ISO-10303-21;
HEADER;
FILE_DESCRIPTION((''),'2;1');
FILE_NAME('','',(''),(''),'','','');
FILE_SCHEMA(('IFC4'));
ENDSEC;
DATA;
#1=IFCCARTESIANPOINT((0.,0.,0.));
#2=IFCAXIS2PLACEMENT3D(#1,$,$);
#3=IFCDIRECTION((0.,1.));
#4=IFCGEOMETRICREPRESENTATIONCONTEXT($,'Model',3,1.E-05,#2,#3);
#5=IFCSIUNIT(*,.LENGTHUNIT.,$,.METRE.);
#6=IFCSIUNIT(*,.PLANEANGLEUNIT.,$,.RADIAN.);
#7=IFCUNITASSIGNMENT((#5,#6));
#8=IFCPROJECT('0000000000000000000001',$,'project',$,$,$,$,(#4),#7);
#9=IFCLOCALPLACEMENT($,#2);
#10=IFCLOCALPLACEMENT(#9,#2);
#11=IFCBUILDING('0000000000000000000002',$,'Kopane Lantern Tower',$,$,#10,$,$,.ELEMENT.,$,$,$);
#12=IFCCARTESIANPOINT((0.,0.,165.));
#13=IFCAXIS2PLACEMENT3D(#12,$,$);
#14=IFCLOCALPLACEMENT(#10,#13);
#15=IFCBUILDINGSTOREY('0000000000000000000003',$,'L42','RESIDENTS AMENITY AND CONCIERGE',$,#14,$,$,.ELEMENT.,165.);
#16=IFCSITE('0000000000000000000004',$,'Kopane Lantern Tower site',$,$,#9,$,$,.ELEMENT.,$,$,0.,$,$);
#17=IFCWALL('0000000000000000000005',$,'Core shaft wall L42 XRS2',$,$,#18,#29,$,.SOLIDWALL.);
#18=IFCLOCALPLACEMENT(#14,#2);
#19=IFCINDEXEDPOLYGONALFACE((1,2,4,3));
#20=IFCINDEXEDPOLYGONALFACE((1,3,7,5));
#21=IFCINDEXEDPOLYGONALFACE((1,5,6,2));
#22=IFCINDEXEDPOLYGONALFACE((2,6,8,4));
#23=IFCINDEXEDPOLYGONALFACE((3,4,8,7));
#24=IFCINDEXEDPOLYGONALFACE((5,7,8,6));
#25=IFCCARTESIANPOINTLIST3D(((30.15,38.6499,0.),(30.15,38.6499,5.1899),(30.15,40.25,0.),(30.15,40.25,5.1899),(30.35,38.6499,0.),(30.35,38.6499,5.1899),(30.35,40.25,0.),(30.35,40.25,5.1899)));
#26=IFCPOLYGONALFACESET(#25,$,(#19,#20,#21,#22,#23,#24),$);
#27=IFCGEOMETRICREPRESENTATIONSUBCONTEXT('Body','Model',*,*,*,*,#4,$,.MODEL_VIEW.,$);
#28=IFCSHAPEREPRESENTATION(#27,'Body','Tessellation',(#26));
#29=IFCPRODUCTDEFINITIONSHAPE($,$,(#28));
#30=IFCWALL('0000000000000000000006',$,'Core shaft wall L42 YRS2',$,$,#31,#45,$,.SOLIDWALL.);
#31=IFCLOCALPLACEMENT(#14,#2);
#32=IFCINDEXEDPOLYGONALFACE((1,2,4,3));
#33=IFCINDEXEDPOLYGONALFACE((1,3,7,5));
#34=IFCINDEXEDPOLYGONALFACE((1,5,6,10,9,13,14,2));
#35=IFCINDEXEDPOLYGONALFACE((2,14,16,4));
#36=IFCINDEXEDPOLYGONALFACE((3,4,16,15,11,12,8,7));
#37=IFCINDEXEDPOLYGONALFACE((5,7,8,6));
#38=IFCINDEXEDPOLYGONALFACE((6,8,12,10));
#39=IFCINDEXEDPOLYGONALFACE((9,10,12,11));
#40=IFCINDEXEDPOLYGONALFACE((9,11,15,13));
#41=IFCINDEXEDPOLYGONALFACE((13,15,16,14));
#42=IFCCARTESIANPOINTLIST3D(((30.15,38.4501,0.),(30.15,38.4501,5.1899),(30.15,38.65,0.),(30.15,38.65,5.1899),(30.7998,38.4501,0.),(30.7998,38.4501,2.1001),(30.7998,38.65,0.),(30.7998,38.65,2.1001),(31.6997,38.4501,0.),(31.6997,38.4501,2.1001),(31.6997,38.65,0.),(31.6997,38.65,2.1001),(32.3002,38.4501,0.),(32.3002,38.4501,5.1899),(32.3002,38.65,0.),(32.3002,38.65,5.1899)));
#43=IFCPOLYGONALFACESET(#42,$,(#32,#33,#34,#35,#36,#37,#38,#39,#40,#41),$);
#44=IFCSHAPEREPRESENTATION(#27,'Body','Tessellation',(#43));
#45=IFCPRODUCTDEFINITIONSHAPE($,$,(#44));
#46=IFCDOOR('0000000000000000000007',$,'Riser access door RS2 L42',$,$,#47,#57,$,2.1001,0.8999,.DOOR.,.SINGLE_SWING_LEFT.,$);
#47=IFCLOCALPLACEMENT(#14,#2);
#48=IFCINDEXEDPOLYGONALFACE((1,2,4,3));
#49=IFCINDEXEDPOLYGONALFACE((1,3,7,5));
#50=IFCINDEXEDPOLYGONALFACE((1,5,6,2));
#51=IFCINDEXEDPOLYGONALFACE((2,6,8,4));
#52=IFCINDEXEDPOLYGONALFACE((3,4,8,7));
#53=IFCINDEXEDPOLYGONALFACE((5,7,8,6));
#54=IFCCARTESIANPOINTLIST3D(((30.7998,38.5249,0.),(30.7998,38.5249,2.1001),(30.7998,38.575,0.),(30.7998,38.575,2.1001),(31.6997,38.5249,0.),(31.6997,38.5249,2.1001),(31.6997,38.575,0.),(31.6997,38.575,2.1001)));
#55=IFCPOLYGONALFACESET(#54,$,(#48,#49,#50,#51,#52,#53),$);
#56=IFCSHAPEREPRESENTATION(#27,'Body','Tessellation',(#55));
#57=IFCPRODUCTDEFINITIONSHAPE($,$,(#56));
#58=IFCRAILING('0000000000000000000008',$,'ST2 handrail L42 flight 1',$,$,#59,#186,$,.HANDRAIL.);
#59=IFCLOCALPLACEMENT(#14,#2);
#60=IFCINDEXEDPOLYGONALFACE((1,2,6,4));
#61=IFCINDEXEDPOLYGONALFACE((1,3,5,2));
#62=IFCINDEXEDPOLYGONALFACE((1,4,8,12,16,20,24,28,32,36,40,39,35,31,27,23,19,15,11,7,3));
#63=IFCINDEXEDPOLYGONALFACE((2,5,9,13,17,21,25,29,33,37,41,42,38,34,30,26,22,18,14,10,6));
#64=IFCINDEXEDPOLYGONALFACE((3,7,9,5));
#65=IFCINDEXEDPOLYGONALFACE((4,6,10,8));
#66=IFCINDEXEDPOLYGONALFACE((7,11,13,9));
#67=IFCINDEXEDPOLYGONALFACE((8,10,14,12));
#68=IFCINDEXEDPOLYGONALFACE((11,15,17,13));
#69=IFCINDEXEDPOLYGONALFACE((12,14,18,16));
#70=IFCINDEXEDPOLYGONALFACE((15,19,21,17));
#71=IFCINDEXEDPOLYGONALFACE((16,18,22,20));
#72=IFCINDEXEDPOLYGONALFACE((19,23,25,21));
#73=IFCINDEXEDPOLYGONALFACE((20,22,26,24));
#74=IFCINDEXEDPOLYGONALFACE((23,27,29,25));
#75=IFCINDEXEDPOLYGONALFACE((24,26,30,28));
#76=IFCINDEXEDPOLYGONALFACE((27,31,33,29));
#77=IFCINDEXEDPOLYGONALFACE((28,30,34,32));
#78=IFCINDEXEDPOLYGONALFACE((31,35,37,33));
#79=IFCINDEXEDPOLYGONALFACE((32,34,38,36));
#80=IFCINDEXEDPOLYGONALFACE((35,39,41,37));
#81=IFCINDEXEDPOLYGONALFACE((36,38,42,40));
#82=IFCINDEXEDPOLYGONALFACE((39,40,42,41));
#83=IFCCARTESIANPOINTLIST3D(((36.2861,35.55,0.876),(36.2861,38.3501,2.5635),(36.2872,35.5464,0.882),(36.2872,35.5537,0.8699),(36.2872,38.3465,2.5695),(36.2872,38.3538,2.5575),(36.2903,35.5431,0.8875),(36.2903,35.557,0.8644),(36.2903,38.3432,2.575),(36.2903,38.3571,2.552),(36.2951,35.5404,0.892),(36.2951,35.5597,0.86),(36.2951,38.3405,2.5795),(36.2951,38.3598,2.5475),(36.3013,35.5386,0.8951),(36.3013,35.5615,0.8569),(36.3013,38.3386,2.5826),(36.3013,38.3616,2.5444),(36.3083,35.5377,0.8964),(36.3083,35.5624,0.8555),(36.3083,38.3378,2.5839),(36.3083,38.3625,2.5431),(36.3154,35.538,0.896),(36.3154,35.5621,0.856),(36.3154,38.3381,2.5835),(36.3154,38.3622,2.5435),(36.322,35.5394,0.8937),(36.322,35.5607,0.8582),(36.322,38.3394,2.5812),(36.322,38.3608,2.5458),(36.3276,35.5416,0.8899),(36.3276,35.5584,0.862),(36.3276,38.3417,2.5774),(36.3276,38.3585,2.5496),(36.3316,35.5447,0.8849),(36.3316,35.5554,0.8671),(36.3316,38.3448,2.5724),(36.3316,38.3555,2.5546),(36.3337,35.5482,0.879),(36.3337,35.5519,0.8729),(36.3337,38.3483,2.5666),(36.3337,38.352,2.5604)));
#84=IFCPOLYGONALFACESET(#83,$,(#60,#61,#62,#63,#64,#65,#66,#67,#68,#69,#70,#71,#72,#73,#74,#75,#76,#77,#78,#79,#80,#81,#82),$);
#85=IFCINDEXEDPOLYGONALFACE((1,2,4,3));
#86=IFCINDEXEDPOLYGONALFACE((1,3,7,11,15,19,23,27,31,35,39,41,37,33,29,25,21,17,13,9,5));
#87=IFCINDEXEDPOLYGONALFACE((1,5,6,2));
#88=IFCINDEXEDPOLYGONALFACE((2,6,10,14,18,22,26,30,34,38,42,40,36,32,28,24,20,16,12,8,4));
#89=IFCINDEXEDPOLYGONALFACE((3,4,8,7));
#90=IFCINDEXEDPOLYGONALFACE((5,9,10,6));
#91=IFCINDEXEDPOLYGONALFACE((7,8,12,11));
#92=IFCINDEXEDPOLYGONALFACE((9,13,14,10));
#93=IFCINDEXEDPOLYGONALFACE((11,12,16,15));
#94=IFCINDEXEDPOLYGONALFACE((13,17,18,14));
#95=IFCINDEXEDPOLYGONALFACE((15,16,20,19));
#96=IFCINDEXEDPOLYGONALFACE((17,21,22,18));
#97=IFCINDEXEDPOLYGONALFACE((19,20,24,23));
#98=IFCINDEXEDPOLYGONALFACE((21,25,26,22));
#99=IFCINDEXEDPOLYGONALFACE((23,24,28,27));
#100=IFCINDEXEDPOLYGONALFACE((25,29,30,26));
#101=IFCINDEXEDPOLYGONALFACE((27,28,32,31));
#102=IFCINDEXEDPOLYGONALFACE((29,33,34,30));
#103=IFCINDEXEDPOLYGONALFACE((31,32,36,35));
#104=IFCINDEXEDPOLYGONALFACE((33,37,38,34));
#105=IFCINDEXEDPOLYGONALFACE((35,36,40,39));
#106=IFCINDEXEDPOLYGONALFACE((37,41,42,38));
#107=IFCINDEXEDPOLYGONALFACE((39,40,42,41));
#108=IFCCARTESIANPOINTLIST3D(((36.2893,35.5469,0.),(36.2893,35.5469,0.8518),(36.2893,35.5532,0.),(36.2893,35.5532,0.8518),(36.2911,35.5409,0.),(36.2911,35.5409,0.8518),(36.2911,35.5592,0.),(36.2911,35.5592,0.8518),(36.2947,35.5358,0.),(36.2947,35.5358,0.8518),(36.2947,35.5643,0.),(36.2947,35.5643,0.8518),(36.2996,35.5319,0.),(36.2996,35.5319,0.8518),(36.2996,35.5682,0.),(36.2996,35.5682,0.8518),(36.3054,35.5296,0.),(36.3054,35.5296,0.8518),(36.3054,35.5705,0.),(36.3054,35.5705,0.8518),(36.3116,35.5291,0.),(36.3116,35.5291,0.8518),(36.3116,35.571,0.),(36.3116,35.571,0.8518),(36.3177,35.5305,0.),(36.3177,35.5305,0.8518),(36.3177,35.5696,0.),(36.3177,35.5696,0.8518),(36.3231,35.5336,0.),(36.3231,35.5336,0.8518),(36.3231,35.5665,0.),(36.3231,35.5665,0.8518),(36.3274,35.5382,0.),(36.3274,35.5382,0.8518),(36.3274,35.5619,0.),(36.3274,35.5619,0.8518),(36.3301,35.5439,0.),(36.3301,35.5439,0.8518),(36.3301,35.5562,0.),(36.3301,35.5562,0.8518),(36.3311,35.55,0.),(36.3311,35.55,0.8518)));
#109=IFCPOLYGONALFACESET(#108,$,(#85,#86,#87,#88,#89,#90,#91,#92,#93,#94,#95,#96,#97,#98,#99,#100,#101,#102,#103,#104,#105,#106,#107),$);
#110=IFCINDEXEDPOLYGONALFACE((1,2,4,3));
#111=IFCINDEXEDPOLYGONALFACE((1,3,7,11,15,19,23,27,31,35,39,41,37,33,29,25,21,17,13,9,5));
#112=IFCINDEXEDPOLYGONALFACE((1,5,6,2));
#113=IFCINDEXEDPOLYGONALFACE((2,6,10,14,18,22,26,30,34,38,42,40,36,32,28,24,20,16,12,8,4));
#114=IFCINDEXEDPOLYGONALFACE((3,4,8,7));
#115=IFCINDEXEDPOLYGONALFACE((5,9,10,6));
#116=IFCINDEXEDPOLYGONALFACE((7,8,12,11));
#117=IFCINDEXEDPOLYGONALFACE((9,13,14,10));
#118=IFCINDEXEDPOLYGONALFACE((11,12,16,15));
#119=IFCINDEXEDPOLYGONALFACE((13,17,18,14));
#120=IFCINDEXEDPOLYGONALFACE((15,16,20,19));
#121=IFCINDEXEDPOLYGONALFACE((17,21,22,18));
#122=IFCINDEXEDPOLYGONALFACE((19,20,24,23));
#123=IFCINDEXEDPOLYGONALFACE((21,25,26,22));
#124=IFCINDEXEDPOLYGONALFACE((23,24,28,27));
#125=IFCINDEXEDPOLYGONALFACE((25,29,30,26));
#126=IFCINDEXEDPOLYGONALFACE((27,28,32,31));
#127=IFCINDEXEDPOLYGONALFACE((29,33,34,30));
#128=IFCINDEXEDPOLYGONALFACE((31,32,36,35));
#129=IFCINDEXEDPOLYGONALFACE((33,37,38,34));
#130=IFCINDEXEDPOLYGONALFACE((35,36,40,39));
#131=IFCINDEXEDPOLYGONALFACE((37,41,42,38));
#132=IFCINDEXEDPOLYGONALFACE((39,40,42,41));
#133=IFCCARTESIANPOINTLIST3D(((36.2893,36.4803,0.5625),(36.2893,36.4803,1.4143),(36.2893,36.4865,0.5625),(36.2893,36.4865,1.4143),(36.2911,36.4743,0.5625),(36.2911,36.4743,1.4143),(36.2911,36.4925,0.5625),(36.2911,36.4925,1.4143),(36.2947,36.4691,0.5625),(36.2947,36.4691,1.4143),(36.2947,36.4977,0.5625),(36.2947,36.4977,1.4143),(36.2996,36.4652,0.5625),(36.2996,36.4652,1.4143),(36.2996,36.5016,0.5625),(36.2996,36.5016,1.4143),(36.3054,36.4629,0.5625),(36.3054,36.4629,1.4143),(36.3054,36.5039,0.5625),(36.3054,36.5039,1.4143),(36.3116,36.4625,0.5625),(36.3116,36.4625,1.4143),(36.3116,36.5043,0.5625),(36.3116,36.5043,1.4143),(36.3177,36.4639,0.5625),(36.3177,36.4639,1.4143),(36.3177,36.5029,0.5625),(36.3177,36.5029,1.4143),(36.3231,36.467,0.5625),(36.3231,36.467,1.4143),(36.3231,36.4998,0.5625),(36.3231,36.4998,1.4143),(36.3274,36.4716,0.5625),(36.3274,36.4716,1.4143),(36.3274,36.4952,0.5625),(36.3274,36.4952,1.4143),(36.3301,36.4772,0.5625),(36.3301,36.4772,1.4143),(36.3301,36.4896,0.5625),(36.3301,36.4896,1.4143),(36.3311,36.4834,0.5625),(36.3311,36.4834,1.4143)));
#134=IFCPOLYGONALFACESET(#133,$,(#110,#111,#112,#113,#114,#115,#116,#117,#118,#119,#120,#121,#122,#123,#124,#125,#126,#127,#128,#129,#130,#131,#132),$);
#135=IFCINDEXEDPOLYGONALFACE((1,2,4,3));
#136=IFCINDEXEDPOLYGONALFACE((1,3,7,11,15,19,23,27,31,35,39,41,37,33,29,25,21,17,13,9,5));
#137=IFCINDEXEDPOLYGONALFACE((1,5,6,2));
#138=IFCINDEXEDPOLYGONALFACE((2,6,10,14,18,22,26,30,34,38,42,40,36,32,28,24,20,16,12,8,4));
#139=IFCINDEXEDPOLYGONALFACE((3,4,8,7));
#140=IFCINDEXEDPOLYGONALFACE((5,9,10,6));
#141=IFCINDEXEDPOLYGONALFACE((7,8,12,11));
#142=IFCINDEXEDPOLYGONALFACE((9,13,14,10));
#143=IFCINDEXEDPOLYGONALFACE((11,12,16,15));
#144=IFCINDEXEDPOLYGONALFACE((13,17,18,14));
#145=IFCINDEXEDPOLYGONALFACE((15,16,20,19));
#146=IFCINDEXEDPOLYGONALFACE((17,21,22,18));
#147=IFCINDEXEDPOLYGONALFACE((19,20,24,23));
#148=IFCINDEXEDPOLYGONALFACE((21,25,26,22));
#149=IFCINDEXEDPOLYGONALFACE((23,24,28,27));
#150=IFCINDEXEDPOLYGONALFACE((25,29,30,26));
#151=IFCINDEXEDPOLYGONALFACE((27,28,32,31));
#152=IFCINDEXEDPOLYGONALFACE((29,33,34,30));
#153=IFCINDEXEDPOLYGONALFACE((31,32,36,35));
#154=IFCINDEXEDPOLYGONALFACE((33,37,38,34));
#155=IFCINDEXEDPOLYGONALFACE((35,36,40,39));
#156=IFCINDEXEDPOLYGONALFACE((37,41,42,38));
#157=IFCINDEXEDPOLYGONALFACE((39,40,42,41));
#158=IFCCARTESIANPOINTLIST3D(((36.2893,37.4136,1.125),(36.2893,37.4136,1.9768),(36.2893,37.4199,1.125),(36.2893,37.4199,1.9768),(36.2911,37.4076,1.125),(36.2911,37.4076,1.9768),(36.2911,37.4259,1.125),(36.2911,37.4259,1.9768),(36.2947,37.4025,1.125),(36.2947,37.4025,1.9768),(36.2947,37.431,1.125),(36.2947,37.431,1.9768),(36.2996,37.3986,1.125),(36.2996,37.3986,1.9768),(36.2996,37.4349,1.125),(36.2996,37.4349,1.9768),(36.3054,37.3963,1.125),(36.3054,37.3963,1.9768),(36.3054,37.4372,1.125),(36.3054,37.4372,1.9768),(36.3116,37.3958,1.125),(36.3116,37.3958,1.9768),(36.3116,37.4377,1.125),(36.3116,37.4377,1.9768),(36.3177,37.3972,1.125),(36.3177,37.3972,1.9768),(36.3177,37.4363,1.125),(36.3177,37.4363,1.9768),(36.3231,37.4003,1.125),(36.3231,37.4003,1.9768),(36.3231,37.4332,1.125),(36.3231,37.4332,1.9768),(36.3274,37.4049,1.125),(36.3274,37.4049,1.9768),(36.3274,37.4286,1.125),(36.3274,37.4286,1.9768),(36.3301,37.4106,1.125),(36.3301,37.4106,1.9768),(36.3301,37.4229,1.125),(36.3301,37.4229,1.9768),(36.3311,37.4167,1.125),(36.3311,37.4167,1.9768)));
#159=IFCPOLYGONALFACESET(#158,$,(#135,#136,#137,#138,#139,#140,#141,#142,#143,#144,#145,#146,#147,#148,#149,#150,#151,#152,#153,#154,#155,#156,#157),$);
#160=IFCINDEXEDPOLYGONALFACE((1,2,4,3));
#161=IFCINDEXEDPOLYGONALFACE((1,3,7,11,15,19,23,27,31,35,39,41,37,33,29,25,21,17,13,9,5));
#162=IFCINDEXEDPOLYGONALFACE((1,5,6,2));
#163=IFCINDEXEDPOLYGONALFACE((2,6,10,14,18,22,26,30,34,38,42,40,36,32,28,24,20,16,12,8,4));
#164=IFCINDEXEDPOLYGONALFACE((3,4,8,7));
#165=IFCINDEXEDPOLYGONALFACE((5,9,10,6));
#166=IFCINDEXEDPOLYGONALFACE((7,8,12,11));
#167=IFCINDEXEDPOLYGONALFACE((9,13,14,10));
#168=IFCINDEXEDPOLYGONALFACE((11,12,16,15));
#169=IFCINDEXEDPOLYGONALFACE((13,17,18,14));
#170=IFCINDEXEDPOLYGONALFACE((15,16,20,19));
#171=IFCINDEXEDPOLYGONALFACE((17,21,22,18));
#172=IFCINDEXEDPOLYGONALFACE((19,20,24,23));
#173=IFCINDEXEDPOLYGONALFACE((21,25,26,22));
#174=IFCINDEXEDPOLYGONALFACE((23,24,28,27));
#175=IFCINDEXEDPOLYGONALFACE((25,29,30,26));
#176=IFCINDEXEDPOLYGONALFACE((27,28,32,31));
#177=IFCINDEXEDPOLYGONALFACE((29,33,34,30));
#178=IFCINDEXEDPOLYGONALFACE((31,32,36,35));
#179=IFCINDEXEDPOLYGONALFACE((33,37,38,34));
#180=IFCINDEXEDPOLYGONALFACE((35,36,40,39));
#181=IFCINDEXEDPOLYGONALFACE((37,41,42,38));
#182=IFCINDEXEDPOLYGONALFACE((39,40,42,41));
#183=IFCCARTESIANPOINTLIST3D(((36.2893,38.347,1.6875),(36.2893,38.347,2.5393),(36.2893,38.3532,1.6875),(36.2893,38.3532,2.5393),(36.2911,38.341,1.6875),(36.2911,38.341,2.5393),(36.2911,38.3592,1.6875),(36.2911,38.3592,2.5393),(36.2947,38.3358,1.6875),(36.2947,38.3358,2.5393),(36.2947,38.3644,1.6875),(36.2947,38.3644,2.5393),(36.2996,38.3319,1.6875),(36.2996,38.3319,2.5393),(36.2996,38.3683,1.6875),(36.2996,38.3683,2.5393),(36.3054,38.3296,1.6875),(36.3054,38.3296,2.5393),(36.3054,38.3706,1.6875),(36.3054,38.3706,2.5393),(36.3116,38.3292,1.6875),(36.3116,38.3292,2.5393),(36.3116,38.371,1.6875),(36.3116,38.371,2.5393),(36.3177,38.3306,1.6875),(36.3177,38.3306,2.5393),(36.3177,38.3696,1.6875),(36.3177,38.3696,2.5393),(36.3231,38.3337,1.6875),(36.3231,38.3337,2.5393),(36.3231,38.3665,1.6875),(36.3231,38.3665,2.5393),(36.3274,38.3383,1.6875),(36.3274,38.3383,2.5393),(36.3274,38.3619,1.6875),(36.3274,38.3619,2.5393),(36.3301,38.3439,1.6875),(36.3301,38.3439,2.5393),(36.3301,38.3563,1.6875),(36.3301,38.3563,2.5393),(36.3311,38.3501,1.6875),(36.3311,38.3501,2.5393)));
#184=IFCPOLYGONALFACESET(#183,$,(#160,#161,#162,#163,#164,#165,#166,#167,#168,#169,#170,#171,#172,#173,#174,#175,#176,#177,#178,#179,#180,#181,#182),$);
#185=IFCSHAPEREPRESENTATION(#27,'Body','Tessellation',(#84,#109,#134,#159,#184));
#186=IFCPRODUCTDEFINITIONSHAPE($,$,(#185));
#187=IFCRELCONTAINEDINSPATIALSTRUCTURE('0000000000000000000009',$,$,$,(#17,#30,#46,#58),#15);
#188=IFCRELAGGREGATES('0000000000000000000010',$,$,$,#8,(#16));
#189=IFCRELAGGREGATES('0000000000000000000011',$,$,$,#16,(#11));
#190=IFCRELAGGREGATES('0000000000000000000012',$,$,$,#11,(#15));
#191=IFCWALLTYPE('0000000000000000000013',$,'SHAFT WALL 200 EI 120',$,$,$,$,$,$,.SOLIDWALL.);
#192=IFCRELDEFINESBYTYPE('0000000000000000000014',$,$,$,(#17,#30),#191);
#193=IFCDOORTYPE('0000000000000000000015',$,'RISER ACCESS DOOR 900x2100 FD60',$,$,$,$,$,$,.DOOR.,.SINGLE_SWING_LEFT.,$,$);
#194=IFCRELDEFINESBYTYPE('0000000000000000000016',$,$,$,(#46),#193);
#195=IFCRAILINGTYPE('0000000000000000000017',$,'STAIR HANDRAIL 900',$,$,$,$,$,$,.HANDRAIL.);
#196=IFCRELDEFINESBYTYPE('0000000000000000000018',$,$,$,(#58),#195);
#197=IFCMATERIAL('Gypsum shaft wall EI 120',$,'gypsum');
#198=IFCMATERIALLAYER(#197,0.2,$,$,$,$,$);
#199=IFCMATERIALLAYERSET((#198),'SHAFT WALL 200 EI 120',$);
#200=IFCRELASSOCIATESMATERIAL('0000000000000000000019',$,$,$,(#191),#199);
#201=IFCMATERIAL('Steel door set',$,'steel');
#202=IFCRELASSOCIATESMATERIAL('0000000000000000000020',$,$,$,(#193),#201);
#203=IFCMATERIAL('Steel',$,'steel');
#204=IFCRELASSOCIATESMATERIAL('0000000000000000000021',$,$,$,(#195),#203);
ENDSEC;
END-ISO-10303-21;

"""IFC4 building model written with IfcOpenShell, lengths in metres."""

from ifc_helpers import new_model, si_unit, direction, frame, frame_2d, origin, origin_2d, place, context, subcontext, project, spatial, rectangle, circle, extrude, material, layer, layer_set, type_object, element, fill, save


model = new_model("IFC4")

# Units and contexts
model_context = context("Model", 3, precision=1e-05, world=origin(), true_north=direction((0.0, 1.0)))
body_context = subcontext(model_context, "Body", "Model", "MODEL_VIEW")
ifc_project = project(units=[si_unit("LENGTHUNIT", "METRE"), si_unit("PLANEANGLEUNIT", "RADIAN")], contexts=[model_context])

# Site, building, storey
site_placement = place(None, origin())
site = spatial("IfcSite", under=ifc_project, at=site_placement, Name="Kopane Lantern Tower site", CompositionType="ELEMENT", RefElevation=0.0)
building_placement = place(site_placement, origin())
building = spatial("IfcBuilding", under=site, at=building_placement, Name="Kopane Lantern Tower", CompositionType="ELEMENT")
storey_placement = place(building_placement, frame((0.0, 0.0, 165.0)))
storey = spatial("IfcBuildingStorey", under=building, at=storey_placement, Name="L42", Description="RESIDENTS AMENITY AND CONCIERGE", CompositionType="ELEMENT", Elevation=165.0)

# Shared definitions
ifc_material_1 = material(Name="Gypsum shaft wall EI 120", Category="gypsum")
ifc_layer_1 = layer(ifc_material_1, 0.2)
ifc_layer_set_1 = layer_set([ifc_layer_1], Name="SHAFT WALL 200 EI 120")
wall_type_1 = type_object("IfcWallType", Name="SHAFT WALL 200 EI 120", PredefinedType="SOLIDWALL", material=ifc_layer_set_1)

# Wall
wall_1_placement = place(storey_placement, frame((30.25, 38.6499, 0.0), z_axis=(0.0, 0.0, 1.0), x_axis=(0.0, 1.0, 0.0)))
element("IfcWall", 1, at=wall_1_placement, inside=storey, type_object=wall_type_1, Name="Core shaft wall L42 XRS2", PredefinedType="SOLIDWALL", context=body_context, shape_type="SweptSolid", body=[
    extrude(rectangle(XDim=1.6001, YDim=0.2, at=frame_2d((0.8, 0.0))), origin(), (0.0, 0.0, 1.0), 5.1899),
])

# Wall, opening, door
wall_2_placement = place(storey_placement, frame((30.1499, 38.55, 0.0), z_axis=(0.0, 0.0, 1.0), x_axis=(1.0, 0.0, 0.0)))
wall_2 = element("IfcWall", 2, at=wall_2_placement, inside=storey, type_object=wall_type_1, Name="Core shaft wall L42 YRS2", PredefinedType="SOLIDWALL", context=body_context, shape_type="SweptSolid", body=[
    extrude(rectangle(XDim=2.1501, YDim=0.2, at=frame_2d((1.0752, 0.0))), origin(), (0.0, 0.0, 1.0), 5.1899),
])
opening_1_placement = place(wall_2_placement, frame((0.6499, 0.0, 0.0)))
opening_1 = element("IfcOpeningElement", 3, at=opening_1_placement, cuts=wall_2, PredefinedType="OPENING", context=body_context, shape_type="SweptSolid", body=[
    extrude(rectangle(XDim=0.8999, YDim=2.1001, at=frame_2d((0.45, 1.05))), frame((0.0, 0.1099, 0.0), z_axis=(0.0, -1.0, 0.0), x_axis=(1.0, 0.0, 0.0)), (0.0, 0.0, 1.0), 0.22),
])
ifc_material_2 = material(Name="Steel door set", Category="steel")
door_type_1 = type_object("IfcDoorType", Name="RISER ACCESS DOOR 900x2100 FD60", OperationType="SINGLE_SWING_LEFT", PredefinedType="DOOR", material=ifc_material_2)
door_1_placement = place(opening_1_placement, origin())
door_1 = element("IfcDoor", 4, at=door_1_placement, inside=storey, type_object=door_type_1, Name="Riser access door RS2 L42", OperationType="SINGLE_SWING_LEFT", OverallHeight=2.1001, OverallWidth=0.8999, PredefinedType="DOOR", context=body_context, shape_type="SweptSolid", body=[
    extrude(rectangle(XDim=0.8999, YDim=2.1001, at=frame_2d((0.45, 1.05))), frame((0.0, 0.0249, 0.0), z_axis=(0.0, -1.0, 0.0), x_axis=(1.0, 0.0, 0.0)), (0.0, 0.0, 1.0), 0.05),
])
fill(opening_1, door_1)

# Railing
ifc_material_3 = material(Name="Steel", Category="steel")
railing_type_1 = type_object("IfcRailingType", Name="STAIR HANDRAIL 900", PredefinedType="HANDRAIL", material=ifc_material_3)
for number, where, name in (
    (5, (36.3101, 35.55, 0.0), "ST2 handrail L42 flight 1"),
):
    element("IfcRailing", number, at=place(storey_placement, frame(where)), inside=storey, type_object=railing_type_1, Name=name, PredefinedType="HANDRAIL", context=body_context, shape_type="SweptSolid", body=[
        extrude(circle(Radius=0.0239, at=origin_2d()), frame((0.0, 0.0, 0.876), z_axis=(0.0, 0.856483, 0.516175), x_axis=(-1.0, 0.0, 0.0)), (0.0, 0.0, 1.0), 3.2693),
        extrude(circle(Radius=0.021, at=origin_2d()), origin(), (0.0, 0.0, 1.0), 0.8518),
        extrude(circle(Radius=0.021, at=origin_2d()), frame((0.0, 0.9333, 0.5625)), (0.0, 0.0, 1.0), 0.8518),
        extrude(circle(Radius=0.021, at=origin_2d()), frame((0.0, 1.8667, 1.125)), (0.0, 0.0, 1.0), 0.8518),
        extrude(circle(Radius=0.021, at=origin_2d()), frame((0.0, 2.8, 1.6875)), (0.0, 0.0, 1.0), 0.8518),
    ])

save(model, "model.ifc")
